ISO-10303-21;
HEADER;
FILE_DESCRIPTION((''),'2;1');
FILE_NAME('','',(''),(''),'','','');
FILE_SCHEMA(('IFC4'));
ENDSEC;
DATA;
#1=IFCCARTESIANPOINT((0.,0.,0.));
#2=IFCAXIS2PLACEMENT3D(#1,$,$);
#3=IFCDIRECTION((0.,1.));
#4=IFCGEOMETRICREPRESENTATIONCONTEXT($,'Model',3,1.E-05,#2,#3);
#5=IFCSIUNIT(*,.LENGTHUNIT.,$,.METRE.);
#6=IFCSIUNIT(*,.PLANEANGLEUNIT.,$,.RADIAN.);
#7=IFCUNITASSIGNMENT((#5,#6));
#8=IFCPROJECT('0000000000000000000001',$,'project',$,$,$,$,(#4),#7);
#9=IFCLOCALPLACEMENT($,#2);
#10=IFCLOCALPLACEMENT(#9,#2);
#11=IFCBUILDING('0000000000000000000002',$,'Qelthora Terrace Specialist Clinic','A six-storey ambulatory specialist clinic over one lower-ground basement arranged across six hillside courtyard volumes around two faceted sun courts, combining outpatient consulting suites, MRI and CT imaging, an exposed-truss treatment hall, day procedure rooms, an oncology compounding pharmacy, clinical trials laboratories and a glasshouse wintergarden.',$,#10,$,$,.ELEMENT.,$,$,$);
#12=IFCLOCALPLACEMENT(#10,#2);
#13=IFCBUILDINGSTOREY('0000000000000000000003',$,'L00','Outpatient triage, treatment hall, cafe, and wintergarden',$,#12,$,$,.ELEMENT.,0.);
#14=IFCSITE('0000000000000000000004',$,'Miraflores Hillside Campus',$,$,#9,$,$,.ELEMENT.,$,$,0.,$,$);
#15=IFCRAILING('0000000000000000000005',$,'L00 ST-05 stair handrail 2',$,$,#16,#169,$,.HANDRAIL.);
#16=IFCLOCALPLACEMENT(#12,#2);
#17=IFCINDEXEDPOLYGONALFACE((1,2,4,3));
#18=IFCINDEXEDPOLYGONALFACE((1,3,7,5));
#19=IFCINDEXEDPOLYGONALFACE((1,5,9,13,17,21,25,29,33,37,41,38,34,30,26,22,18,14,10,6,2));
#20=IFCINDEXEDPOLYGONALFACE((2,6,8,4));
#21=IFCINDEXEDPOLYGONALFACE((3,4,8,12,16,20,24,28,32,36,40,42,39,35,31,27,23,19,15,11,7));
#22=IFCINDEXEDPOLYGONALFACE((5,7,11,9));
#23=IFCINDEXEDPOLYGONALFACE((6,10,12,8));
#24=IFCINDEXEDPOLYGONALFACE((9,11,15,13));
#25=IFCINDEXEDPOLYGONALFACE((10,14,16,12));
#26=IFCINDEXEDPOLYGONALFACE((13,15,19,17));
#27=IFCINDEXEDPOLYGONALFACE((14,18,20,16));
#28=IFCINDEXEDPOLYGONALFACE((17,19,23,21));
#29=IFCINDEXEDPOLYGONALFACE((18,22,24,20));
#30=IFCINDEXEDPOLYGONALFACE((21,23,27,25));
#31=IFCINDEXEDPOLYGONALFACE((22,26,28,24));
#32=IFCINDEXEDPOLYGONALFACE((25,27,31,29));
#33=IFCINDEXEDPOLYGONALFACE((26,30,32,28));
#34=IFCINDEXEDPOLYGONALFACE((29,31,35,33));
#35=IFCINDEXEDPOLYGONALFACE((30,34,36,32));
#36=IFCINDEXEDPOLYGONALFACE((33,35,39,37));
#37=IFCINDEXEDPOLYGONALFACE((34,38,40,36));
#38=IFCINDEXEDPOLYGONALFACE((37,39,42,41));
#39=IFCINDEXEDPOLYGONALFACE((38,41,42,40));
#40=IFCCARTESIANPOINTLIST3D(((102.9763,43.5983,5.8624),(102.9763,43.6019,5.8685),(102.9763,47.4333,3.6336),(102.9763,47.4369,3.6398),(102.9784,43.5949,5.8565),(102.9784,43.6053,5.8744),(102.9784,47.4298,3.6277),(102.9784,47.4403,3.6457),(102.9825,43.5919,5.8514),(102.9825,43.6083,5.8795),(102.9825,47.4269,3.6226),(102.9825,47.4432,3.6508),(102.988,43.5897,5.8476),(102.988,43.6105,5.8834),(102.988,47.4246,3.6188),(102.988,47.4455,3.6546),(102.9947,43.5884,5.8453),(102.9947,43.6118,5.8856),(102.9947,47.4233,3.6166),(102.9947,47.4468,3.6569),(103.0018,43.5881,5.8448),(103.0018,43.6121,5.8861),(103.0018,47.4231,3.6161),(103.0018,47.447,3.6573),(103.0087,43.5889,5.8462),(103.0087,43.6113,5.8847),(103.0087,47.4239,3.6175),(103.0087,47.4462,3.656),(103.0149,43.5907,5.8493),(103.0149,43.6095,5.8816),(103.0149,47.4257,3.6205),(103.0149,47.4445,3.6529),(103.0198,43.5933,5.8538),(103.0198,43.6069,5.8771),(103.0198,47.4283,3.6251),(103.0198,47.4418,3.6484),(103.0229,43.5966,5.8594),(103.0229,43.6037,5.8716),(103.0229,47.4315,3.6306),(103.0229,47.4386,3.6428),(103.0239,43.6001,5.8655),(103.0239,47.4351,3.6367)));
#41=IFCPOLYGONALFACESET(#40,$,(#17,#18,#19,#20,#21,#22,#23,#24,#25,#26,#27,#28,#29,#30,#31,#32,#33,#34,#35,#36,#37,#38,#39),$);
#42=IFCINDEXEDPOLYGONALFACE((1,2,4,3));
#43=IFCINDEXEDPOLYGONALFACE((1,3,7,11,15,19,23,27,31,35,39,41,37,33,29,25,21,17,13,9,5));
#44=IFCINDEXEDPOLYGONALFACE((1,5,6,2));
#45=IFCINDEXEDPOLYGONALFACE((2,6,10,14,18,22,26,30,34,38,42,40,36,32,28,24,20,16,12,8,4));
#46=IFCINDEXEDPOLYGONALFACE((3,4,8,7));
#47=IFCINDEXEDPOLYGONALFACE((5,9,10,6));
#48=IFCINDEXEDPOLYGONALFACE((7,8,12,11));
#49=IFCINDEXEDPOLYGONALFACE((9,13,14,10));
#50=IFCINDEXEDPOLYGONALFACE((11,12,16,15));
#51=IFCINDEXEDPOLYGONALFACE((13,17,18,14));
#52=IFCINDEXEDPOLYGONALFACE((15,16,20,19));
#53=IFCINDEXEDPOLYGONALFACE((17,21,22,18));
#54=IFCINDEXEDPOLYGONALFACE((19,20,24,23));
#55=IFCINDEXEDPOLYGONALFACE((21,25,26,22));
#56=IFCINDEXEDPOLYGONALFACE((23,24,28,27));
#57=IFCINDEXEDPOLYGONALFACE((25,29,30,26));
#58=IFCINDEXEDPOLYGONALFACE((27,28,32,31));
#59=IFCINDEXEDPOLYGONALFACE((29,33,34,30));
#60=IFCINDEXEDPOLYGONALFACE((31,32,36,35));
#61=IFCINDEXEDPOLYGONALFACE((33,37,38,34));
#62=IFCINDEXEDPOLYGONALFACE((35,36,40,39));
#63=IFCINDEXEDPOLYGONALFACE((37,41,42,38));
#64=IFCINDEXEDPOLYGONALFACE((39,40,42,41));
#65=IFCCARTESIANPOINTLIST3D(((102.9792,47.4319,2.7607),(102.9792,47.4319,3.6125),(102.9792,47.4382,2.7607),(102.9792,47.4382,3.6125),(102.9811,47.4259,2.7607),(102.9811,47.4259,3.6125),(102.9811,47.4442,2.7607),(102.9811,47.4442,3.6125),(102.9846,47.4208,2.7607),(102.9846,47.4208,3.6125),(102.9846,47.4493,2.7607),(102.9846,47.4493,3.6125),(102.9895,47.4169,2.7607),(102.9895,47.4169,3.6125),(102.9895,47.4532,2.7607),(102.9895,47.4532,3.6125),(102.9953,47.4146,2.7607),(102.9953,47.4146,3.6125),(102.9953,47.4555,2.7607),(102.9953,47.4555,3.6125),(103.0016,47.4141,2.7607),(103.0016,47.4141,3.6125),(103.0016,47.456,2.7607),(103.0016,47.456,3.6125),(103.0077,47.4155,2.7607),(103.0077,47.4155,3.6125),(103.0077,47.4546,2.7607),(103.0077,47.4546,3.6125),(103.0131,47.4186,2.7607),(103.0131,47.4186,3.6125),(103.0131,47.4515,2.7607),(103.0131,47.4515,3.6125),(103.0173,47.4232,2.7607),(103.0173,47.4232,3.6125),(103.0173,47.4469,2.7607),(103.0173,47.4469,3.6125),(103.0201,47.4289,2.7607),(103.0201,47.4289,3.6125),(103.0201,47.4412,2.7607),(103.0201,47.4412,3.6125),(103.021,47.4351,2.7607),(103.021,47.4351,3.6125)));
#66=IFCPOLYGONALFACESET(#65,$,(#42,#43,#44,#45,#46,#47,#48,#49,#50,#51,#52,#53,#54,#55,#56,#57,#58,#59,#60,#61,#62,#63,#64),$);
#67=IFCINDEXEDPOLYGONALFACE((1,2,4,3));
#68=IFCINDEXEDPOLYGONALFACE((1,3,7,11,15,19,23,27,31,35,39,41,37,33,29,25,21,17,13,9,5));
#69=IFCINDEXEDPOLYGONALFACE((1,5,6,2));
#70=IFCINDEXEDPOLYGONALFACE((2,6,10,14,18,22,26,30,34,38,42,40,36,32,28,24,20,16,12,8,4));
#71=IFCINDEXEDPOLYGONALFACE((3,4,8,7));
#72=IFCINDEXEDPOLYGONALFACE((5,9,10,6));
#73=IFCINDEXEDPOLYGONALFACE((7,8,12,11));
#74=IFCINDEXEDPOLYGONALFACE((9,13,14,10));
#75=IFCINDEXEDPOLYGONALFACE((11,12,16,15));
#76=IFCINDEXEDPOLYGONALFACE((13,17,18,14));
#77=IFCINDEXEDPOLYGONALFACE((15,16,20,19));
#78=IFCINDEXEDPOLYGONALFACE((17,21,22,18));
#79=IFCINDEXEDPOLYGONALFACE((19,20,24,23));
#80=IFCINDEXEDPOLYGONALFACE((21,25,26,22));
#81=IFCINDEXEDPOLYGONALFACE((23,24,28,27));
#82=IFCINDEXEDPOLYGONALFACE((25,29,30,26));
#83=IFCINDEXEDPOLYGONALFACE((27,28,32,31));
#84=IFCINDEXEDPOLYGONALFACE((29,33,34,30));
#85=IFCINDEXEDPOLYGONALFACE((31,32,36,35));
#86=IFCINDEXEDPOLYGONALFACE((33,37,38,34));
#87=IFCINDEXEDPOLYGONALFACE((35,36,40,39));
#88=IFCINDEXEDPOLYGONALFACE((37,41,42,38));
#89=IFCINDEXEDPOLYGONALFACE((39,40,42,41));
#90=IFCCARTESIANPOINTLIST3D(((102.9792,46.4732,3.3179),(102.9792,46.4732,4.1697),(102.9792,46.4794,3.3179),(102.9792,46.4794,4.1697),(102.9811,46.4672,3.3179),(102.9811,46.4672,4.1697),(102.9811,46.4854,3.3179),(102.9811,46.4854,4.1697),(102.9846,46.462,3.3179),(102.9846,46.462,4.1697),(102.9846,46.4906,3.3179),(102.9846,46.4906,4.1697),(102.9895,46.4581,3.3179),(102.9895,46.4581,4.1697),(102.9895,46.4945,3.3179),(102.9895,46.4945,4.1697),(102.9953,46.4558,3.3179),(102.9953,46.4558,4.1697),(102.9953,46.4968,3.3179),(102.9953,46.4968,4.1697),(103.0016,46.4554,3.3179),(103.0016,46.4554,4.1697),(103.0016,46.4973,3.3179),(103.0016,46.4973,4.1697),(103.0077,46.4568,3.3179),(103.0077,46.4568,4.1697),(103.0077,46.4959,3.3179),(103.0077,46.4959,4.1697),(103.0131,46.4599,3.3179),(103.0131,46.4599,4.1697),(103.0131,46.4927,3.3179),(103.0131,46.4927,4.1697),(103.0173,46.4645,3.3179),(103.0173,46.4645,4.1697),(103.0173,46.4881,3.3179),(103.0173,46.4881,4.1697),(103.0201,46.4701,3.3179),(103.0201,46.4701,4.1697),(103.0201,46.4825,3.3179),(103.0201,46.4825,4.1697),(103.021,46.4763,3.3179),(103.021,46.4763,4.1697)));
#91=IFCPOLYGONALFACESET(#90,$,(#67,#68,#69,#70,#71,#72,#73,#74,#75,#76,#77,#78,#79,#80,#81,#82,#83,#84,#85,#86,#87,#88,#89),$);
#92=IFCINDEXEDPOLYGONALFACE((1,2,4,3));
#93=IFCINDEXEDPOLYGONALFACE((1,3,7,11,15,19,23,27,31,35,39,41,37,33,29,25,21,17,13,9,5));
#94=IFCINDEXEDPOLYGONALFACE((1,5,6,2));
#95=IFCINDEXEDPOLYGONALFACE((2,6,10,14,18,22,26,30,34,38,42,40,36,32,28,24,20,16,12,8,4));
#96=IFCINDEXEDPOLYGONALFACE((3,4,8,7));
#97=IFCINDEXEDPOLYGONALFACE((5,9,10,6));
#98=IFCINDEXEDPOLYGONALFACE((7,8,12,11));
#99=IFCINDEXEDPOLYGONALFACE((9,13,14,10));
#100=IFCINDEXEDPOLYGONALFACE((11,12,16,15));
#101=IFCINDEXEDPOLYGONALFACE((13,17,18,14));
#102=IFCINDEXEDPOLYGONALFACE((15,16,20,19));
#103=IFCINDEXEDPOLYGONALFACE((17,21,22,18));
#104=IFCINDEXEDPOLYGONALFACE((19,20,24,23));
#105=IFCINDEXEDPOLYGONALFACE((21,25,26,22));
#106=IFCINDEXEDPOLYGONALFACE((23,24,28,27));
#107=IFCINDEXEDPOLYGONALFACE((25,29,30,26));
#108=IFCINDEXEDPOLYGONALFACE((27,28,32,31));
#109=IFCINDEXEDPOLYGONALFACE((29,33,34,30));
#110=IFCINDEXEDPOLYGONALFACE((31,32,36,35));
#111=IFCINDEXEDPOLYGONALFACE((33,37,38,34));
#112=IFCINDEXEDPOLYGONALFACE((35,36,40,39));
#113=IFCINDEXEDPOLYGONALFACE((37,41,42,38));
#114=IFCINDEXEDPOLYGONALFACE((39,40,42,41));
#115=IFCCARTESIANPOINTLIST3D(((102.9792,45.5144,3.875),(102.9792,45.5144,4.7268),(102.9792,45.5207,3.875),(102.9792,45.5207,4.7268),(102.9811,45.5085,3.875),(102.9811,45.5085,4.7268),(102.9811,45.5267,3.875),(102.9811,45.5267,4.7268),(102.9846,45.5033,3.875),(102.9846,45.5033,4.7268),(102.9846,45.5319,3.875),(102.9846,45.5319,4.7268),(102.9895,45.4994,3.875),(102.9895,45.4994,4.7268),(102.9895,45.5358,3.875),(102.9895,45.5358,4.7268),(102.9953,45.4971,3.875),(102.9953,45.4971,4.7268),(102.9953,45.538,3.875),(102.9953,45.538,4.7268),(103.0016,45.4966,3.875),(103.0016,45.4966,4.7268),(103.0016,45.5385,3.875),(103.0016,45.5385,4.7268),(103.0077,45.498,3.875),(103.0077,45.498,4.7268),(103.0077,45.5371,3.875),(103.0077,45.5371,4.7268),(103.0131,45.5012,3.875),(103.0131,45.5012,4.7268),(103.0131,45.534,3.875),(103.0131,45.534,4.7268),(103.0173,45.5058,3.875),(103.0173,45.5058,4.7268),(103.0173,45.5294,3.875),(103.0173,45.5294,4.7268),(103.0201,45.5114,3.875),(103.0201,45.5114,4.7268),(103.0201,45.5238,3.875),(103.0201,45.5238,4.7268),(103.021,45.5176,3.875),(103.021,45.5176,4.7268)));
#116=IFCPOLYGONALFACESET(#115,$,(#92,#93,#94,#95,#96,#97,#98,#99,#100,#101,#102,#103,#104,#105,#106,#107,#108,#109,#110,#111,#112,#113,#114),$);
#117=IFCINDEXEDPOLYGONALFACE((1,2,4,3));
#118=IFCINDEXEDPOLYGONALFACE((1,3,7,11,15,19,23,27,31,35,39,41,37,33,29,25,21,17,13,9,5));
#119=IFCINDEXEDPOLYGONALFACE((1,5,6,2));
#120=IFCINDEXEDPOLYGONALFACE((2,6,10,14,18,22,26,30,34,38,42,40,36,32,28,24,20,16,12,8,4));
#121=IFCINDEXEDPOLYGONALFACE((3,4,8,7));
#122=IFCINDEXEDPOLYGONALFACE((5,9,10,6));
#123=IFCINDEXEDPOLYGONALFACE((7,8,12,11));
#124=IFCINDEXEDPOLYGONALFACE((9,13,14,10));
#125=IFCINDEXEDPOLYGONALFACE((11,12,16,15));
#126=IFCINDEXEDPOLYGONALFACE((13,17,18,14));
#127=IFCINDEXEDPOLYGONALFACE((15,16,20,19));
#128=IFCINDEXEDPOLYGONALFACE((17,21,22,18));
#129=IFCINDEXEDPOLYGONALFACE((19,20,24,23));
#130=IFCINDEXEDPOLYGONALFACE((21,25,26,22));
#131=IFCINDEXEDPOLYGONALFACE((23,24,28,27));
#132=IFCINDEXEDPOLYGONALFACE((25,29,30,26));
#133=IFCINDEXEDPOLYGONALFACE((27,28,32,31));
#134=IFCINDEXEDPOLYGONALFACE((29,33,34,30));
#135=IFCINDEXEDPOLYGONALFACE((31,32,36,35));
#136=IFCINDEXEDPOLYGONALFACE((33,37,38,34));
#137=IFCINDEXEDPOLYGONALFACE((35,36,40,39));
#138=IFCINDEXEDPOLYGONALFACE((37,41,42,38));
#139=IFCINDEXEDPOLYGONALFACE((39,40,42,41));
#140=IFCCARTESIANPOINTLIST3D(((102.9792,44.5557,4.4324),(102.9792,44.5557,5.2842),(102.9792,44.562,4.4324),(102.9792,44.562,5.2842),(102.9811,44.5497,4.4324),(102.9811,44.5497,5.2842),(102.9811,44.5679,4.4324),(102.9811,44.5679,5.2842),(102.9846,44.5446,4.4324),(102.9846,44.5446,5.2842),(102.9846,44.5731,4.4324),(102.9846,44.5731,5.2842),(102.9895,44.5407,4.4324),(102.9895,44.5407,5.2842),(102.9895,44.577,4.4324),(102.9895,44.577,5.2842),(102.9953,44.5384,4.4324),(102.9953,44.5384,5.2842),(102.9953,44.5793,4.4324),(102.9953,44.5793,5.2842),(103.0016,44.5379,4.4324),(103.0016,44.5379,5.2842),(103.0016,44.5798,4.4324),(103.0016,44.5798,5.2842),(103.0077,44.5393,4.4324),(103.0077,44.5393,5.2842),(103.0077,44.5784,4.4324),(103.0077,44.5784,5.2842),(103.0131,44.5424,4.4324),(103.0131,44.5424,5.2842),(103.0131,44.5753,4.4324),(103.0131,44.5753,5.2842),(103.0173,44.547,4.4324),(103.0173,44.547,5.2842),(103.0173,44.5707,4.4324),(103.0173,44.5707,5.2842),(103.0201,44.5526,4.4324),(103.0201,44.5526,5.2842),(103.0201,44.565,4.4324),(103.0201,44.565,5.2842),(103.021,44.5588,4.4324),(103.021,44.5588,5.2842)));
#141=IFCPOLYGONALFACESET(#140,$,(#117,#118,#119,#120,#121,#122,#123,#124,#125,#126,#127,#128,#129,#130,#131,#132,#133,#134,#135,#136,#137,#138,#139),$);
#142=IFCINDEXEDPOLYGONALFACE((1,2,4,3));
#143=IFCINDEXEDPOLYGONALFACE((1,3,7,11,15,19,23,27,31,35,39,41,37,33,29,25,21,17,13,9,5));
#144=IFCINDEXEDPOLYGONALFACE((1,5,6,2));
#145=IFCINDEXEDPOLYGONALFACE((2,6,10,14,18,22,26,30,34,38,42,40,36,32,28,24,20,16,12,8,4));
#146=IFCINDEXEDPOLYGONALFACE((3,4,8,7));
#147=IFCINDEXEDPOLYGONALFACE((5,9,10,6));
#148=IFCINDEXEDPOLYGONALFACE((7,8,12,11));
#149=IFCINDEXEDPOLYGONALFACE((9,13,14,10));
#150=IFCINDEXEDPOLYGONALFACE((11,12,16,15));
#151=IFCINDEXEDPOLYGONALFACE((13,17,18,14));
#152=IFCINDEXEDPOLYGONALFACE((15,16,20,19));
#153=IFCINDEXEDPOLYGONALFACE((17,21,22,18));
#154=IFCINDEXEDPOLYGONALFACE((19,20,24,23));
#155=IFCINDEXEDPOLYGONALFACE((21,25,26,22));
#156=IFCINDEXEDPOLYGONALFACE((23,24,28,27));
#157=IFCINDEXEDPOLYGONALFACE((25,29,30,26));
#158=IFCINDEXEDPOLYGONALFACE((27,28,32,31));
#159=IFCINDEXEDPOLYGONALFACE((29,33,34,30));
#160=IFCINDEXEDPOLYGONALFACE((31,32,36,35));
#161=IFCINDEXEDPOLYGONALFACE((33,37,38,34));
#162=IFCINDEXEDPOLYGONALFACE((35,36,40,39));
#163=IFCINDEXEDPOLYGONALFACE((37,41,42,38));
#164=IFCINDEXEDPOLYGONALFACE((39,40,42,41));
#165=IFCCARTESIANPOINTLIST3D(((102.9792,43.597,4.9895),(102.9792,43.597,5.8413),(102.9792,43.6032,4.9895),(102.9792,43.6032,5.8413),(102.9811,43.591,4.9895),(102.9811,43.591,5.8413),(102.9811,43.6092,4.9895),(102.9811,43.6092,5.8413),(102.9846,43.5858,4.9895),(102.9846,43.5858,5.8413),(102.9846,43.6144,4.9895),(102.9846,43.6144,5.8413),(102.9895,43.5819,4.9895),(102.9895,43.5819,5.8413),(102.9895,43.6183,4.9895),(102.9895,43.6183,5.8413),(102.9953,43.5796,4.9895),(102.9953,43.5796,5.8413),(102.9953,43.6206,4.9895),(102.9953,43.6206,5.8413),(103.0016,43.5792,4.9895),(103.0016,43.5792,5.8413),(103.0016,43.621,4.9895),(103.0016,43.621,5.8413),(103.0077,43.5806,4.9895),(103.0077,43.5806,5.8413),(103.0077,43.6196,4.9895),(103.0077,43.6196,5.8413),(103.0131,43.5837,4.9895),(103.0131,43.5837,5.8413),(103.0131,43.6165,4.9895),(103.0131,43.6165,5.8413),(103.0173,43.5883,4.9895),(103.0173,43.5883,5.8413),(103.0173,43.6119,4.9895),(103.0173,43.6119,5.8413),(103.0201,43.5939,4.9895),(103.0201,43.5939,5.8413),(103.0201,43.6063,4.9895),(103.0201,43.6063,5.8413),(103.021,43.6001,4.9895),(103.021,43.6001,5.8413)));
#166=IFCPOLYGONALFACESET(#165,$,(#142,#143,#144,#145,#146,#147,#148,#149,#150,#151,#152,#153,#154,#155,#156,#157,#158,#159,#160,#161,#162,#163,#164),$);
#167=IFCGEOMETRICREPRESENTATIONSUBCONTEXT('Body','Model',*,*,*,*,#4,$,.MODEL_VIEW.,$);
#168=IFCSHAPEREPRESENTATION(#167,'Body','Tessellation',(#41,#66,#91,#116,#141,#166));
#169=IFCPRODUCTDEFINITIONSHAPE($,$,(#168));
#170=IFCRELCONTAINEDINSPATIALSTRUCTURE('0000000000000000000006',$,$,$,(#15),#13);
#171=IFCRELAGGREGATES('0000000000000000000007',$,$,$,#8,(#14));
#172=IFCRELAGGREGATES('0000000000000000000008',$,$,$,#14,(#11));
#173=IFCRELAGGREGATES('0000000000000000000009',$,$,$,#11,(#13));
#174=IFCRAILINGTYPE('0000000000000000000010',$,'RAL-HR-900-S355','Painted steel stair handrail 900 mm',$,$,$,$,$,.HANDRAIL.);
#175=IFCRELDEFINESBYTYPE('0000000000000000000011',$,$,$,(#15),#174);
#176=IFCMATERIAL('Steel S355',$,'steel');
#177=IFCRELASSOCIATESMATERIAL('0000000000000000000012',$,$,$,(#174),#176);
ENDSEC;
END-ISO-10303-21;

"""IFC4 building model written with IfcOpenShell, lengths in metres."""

from ifc_helpers import new_model, si_unit, direction, frame, origin, origin_2d, place, context, subcontext, project, spatial, circle, extrude, material, type_object, element, save


model = new_model("IFC4")

# Units and contexts
model_context = context("Model", 3, precision=1e-05, world=origin(), true_north=direction((0.0, 1.0)))
body_context = subcontext(model_context, "Body", "Model", "MODEL_VIEW")
ifc_project = project(units=[si_unit("LENGTHUNIT", "METRE"), si_unit("PLANEANGLEUNIT", "RADIAN")], contexts=[model_context])

# Site, building, storey
site_placement = place(None, origin())
site = spatial("IfcSite", under=ifc_project, at=site_placement, Name="Miraflores Hillside Campus", CompositionType="ELEMENT", RefElevation=0.0)
building_placement = place(site_placement, origin())
building = spatial("IfcBuilding", under=site, at=building_placement, Name="Qelthora Terrace Specialist Clinic", Description="A six-storey ambulatory specialist clinic over one lower-ground basement arranged across six hillside courtyard volumes around two faceted sun courts, combining outpatient consulting suites, MRI and CT imaging, an exposed-truss treatment hall, day procedure rooms, an oncology compounding pharmacy, clinical trials laboratories and a glasshouse wintergarden.", CompositionType="ELEMENT")
storey_placement = place(building_placement, origin())
storey = spatial("IfcBuildingStorey", under=building, at=storey_placement, Name="L00", Description="Outpatient triage, treatment hall, cafe, and wintergarden", CompositionType="ELEMENT", Elevation=0.0)

# Shared definitions
ifc_material_1 = material(Name="Steel S355", Category="steel")

# Railing
railing_type_1 = type_object("IfcRailingType", Name="RAL-HR-900-S355", Description="Painted steel stair handrail 900 mm", PredefinedType="HANDRAIL", material=ifc_material_1)
railing_1_placement = place(storey_placement, frame((103.0, 47.4351, 2.7607)))
element("IfcRailing", 1, at=railing_1_placement, inside=storey, type_object=railing_type_1, Name="L00 ST-05 stair handrail 2", PredefinedType="HANDRAIL", context=body_context, shape_type="SweptSolid", body=[
    extrude(circle(Radius=0.0239, at=origin_2d()), frame((0.0, 0.0, 0.876), z_axis=(0.0, -0.864592, 0.502474), x_axis=(1.0, 0.0, 0.0)), (0.0, 0.0, 1.0), 4.4355),
    extrude(circle(Radius=0.021, at=origin_2d()), origin(), (0.0, 0.0, 1.0), 0.8518),
    extrude(circle(Radius=0.021, at=origin_2d()), frame((0.0, -0.9587, 0.5571)), (0.0, 0.0, 1.0), 0.8518),
    extrude(circle(Radius=0.021, at=origin_2d()), frame((0.0, -1.9175, 1.1143)), (0.0, 0.0, 1.0), 0.8518),
    extrude(circle(Radius=0.021, at=origin_2d()), frame((0.0, -2.8762, 1.6716)), (0.0, 0.0, 1.0), 0.8518),
    extrude(circle(Radius=0.021, at=origin_2d()), frame((0.0, -3.835, 2.2288)), (0.0, 0.0, 1.0), 0.8518),
])

save(model, "model.ifc")
